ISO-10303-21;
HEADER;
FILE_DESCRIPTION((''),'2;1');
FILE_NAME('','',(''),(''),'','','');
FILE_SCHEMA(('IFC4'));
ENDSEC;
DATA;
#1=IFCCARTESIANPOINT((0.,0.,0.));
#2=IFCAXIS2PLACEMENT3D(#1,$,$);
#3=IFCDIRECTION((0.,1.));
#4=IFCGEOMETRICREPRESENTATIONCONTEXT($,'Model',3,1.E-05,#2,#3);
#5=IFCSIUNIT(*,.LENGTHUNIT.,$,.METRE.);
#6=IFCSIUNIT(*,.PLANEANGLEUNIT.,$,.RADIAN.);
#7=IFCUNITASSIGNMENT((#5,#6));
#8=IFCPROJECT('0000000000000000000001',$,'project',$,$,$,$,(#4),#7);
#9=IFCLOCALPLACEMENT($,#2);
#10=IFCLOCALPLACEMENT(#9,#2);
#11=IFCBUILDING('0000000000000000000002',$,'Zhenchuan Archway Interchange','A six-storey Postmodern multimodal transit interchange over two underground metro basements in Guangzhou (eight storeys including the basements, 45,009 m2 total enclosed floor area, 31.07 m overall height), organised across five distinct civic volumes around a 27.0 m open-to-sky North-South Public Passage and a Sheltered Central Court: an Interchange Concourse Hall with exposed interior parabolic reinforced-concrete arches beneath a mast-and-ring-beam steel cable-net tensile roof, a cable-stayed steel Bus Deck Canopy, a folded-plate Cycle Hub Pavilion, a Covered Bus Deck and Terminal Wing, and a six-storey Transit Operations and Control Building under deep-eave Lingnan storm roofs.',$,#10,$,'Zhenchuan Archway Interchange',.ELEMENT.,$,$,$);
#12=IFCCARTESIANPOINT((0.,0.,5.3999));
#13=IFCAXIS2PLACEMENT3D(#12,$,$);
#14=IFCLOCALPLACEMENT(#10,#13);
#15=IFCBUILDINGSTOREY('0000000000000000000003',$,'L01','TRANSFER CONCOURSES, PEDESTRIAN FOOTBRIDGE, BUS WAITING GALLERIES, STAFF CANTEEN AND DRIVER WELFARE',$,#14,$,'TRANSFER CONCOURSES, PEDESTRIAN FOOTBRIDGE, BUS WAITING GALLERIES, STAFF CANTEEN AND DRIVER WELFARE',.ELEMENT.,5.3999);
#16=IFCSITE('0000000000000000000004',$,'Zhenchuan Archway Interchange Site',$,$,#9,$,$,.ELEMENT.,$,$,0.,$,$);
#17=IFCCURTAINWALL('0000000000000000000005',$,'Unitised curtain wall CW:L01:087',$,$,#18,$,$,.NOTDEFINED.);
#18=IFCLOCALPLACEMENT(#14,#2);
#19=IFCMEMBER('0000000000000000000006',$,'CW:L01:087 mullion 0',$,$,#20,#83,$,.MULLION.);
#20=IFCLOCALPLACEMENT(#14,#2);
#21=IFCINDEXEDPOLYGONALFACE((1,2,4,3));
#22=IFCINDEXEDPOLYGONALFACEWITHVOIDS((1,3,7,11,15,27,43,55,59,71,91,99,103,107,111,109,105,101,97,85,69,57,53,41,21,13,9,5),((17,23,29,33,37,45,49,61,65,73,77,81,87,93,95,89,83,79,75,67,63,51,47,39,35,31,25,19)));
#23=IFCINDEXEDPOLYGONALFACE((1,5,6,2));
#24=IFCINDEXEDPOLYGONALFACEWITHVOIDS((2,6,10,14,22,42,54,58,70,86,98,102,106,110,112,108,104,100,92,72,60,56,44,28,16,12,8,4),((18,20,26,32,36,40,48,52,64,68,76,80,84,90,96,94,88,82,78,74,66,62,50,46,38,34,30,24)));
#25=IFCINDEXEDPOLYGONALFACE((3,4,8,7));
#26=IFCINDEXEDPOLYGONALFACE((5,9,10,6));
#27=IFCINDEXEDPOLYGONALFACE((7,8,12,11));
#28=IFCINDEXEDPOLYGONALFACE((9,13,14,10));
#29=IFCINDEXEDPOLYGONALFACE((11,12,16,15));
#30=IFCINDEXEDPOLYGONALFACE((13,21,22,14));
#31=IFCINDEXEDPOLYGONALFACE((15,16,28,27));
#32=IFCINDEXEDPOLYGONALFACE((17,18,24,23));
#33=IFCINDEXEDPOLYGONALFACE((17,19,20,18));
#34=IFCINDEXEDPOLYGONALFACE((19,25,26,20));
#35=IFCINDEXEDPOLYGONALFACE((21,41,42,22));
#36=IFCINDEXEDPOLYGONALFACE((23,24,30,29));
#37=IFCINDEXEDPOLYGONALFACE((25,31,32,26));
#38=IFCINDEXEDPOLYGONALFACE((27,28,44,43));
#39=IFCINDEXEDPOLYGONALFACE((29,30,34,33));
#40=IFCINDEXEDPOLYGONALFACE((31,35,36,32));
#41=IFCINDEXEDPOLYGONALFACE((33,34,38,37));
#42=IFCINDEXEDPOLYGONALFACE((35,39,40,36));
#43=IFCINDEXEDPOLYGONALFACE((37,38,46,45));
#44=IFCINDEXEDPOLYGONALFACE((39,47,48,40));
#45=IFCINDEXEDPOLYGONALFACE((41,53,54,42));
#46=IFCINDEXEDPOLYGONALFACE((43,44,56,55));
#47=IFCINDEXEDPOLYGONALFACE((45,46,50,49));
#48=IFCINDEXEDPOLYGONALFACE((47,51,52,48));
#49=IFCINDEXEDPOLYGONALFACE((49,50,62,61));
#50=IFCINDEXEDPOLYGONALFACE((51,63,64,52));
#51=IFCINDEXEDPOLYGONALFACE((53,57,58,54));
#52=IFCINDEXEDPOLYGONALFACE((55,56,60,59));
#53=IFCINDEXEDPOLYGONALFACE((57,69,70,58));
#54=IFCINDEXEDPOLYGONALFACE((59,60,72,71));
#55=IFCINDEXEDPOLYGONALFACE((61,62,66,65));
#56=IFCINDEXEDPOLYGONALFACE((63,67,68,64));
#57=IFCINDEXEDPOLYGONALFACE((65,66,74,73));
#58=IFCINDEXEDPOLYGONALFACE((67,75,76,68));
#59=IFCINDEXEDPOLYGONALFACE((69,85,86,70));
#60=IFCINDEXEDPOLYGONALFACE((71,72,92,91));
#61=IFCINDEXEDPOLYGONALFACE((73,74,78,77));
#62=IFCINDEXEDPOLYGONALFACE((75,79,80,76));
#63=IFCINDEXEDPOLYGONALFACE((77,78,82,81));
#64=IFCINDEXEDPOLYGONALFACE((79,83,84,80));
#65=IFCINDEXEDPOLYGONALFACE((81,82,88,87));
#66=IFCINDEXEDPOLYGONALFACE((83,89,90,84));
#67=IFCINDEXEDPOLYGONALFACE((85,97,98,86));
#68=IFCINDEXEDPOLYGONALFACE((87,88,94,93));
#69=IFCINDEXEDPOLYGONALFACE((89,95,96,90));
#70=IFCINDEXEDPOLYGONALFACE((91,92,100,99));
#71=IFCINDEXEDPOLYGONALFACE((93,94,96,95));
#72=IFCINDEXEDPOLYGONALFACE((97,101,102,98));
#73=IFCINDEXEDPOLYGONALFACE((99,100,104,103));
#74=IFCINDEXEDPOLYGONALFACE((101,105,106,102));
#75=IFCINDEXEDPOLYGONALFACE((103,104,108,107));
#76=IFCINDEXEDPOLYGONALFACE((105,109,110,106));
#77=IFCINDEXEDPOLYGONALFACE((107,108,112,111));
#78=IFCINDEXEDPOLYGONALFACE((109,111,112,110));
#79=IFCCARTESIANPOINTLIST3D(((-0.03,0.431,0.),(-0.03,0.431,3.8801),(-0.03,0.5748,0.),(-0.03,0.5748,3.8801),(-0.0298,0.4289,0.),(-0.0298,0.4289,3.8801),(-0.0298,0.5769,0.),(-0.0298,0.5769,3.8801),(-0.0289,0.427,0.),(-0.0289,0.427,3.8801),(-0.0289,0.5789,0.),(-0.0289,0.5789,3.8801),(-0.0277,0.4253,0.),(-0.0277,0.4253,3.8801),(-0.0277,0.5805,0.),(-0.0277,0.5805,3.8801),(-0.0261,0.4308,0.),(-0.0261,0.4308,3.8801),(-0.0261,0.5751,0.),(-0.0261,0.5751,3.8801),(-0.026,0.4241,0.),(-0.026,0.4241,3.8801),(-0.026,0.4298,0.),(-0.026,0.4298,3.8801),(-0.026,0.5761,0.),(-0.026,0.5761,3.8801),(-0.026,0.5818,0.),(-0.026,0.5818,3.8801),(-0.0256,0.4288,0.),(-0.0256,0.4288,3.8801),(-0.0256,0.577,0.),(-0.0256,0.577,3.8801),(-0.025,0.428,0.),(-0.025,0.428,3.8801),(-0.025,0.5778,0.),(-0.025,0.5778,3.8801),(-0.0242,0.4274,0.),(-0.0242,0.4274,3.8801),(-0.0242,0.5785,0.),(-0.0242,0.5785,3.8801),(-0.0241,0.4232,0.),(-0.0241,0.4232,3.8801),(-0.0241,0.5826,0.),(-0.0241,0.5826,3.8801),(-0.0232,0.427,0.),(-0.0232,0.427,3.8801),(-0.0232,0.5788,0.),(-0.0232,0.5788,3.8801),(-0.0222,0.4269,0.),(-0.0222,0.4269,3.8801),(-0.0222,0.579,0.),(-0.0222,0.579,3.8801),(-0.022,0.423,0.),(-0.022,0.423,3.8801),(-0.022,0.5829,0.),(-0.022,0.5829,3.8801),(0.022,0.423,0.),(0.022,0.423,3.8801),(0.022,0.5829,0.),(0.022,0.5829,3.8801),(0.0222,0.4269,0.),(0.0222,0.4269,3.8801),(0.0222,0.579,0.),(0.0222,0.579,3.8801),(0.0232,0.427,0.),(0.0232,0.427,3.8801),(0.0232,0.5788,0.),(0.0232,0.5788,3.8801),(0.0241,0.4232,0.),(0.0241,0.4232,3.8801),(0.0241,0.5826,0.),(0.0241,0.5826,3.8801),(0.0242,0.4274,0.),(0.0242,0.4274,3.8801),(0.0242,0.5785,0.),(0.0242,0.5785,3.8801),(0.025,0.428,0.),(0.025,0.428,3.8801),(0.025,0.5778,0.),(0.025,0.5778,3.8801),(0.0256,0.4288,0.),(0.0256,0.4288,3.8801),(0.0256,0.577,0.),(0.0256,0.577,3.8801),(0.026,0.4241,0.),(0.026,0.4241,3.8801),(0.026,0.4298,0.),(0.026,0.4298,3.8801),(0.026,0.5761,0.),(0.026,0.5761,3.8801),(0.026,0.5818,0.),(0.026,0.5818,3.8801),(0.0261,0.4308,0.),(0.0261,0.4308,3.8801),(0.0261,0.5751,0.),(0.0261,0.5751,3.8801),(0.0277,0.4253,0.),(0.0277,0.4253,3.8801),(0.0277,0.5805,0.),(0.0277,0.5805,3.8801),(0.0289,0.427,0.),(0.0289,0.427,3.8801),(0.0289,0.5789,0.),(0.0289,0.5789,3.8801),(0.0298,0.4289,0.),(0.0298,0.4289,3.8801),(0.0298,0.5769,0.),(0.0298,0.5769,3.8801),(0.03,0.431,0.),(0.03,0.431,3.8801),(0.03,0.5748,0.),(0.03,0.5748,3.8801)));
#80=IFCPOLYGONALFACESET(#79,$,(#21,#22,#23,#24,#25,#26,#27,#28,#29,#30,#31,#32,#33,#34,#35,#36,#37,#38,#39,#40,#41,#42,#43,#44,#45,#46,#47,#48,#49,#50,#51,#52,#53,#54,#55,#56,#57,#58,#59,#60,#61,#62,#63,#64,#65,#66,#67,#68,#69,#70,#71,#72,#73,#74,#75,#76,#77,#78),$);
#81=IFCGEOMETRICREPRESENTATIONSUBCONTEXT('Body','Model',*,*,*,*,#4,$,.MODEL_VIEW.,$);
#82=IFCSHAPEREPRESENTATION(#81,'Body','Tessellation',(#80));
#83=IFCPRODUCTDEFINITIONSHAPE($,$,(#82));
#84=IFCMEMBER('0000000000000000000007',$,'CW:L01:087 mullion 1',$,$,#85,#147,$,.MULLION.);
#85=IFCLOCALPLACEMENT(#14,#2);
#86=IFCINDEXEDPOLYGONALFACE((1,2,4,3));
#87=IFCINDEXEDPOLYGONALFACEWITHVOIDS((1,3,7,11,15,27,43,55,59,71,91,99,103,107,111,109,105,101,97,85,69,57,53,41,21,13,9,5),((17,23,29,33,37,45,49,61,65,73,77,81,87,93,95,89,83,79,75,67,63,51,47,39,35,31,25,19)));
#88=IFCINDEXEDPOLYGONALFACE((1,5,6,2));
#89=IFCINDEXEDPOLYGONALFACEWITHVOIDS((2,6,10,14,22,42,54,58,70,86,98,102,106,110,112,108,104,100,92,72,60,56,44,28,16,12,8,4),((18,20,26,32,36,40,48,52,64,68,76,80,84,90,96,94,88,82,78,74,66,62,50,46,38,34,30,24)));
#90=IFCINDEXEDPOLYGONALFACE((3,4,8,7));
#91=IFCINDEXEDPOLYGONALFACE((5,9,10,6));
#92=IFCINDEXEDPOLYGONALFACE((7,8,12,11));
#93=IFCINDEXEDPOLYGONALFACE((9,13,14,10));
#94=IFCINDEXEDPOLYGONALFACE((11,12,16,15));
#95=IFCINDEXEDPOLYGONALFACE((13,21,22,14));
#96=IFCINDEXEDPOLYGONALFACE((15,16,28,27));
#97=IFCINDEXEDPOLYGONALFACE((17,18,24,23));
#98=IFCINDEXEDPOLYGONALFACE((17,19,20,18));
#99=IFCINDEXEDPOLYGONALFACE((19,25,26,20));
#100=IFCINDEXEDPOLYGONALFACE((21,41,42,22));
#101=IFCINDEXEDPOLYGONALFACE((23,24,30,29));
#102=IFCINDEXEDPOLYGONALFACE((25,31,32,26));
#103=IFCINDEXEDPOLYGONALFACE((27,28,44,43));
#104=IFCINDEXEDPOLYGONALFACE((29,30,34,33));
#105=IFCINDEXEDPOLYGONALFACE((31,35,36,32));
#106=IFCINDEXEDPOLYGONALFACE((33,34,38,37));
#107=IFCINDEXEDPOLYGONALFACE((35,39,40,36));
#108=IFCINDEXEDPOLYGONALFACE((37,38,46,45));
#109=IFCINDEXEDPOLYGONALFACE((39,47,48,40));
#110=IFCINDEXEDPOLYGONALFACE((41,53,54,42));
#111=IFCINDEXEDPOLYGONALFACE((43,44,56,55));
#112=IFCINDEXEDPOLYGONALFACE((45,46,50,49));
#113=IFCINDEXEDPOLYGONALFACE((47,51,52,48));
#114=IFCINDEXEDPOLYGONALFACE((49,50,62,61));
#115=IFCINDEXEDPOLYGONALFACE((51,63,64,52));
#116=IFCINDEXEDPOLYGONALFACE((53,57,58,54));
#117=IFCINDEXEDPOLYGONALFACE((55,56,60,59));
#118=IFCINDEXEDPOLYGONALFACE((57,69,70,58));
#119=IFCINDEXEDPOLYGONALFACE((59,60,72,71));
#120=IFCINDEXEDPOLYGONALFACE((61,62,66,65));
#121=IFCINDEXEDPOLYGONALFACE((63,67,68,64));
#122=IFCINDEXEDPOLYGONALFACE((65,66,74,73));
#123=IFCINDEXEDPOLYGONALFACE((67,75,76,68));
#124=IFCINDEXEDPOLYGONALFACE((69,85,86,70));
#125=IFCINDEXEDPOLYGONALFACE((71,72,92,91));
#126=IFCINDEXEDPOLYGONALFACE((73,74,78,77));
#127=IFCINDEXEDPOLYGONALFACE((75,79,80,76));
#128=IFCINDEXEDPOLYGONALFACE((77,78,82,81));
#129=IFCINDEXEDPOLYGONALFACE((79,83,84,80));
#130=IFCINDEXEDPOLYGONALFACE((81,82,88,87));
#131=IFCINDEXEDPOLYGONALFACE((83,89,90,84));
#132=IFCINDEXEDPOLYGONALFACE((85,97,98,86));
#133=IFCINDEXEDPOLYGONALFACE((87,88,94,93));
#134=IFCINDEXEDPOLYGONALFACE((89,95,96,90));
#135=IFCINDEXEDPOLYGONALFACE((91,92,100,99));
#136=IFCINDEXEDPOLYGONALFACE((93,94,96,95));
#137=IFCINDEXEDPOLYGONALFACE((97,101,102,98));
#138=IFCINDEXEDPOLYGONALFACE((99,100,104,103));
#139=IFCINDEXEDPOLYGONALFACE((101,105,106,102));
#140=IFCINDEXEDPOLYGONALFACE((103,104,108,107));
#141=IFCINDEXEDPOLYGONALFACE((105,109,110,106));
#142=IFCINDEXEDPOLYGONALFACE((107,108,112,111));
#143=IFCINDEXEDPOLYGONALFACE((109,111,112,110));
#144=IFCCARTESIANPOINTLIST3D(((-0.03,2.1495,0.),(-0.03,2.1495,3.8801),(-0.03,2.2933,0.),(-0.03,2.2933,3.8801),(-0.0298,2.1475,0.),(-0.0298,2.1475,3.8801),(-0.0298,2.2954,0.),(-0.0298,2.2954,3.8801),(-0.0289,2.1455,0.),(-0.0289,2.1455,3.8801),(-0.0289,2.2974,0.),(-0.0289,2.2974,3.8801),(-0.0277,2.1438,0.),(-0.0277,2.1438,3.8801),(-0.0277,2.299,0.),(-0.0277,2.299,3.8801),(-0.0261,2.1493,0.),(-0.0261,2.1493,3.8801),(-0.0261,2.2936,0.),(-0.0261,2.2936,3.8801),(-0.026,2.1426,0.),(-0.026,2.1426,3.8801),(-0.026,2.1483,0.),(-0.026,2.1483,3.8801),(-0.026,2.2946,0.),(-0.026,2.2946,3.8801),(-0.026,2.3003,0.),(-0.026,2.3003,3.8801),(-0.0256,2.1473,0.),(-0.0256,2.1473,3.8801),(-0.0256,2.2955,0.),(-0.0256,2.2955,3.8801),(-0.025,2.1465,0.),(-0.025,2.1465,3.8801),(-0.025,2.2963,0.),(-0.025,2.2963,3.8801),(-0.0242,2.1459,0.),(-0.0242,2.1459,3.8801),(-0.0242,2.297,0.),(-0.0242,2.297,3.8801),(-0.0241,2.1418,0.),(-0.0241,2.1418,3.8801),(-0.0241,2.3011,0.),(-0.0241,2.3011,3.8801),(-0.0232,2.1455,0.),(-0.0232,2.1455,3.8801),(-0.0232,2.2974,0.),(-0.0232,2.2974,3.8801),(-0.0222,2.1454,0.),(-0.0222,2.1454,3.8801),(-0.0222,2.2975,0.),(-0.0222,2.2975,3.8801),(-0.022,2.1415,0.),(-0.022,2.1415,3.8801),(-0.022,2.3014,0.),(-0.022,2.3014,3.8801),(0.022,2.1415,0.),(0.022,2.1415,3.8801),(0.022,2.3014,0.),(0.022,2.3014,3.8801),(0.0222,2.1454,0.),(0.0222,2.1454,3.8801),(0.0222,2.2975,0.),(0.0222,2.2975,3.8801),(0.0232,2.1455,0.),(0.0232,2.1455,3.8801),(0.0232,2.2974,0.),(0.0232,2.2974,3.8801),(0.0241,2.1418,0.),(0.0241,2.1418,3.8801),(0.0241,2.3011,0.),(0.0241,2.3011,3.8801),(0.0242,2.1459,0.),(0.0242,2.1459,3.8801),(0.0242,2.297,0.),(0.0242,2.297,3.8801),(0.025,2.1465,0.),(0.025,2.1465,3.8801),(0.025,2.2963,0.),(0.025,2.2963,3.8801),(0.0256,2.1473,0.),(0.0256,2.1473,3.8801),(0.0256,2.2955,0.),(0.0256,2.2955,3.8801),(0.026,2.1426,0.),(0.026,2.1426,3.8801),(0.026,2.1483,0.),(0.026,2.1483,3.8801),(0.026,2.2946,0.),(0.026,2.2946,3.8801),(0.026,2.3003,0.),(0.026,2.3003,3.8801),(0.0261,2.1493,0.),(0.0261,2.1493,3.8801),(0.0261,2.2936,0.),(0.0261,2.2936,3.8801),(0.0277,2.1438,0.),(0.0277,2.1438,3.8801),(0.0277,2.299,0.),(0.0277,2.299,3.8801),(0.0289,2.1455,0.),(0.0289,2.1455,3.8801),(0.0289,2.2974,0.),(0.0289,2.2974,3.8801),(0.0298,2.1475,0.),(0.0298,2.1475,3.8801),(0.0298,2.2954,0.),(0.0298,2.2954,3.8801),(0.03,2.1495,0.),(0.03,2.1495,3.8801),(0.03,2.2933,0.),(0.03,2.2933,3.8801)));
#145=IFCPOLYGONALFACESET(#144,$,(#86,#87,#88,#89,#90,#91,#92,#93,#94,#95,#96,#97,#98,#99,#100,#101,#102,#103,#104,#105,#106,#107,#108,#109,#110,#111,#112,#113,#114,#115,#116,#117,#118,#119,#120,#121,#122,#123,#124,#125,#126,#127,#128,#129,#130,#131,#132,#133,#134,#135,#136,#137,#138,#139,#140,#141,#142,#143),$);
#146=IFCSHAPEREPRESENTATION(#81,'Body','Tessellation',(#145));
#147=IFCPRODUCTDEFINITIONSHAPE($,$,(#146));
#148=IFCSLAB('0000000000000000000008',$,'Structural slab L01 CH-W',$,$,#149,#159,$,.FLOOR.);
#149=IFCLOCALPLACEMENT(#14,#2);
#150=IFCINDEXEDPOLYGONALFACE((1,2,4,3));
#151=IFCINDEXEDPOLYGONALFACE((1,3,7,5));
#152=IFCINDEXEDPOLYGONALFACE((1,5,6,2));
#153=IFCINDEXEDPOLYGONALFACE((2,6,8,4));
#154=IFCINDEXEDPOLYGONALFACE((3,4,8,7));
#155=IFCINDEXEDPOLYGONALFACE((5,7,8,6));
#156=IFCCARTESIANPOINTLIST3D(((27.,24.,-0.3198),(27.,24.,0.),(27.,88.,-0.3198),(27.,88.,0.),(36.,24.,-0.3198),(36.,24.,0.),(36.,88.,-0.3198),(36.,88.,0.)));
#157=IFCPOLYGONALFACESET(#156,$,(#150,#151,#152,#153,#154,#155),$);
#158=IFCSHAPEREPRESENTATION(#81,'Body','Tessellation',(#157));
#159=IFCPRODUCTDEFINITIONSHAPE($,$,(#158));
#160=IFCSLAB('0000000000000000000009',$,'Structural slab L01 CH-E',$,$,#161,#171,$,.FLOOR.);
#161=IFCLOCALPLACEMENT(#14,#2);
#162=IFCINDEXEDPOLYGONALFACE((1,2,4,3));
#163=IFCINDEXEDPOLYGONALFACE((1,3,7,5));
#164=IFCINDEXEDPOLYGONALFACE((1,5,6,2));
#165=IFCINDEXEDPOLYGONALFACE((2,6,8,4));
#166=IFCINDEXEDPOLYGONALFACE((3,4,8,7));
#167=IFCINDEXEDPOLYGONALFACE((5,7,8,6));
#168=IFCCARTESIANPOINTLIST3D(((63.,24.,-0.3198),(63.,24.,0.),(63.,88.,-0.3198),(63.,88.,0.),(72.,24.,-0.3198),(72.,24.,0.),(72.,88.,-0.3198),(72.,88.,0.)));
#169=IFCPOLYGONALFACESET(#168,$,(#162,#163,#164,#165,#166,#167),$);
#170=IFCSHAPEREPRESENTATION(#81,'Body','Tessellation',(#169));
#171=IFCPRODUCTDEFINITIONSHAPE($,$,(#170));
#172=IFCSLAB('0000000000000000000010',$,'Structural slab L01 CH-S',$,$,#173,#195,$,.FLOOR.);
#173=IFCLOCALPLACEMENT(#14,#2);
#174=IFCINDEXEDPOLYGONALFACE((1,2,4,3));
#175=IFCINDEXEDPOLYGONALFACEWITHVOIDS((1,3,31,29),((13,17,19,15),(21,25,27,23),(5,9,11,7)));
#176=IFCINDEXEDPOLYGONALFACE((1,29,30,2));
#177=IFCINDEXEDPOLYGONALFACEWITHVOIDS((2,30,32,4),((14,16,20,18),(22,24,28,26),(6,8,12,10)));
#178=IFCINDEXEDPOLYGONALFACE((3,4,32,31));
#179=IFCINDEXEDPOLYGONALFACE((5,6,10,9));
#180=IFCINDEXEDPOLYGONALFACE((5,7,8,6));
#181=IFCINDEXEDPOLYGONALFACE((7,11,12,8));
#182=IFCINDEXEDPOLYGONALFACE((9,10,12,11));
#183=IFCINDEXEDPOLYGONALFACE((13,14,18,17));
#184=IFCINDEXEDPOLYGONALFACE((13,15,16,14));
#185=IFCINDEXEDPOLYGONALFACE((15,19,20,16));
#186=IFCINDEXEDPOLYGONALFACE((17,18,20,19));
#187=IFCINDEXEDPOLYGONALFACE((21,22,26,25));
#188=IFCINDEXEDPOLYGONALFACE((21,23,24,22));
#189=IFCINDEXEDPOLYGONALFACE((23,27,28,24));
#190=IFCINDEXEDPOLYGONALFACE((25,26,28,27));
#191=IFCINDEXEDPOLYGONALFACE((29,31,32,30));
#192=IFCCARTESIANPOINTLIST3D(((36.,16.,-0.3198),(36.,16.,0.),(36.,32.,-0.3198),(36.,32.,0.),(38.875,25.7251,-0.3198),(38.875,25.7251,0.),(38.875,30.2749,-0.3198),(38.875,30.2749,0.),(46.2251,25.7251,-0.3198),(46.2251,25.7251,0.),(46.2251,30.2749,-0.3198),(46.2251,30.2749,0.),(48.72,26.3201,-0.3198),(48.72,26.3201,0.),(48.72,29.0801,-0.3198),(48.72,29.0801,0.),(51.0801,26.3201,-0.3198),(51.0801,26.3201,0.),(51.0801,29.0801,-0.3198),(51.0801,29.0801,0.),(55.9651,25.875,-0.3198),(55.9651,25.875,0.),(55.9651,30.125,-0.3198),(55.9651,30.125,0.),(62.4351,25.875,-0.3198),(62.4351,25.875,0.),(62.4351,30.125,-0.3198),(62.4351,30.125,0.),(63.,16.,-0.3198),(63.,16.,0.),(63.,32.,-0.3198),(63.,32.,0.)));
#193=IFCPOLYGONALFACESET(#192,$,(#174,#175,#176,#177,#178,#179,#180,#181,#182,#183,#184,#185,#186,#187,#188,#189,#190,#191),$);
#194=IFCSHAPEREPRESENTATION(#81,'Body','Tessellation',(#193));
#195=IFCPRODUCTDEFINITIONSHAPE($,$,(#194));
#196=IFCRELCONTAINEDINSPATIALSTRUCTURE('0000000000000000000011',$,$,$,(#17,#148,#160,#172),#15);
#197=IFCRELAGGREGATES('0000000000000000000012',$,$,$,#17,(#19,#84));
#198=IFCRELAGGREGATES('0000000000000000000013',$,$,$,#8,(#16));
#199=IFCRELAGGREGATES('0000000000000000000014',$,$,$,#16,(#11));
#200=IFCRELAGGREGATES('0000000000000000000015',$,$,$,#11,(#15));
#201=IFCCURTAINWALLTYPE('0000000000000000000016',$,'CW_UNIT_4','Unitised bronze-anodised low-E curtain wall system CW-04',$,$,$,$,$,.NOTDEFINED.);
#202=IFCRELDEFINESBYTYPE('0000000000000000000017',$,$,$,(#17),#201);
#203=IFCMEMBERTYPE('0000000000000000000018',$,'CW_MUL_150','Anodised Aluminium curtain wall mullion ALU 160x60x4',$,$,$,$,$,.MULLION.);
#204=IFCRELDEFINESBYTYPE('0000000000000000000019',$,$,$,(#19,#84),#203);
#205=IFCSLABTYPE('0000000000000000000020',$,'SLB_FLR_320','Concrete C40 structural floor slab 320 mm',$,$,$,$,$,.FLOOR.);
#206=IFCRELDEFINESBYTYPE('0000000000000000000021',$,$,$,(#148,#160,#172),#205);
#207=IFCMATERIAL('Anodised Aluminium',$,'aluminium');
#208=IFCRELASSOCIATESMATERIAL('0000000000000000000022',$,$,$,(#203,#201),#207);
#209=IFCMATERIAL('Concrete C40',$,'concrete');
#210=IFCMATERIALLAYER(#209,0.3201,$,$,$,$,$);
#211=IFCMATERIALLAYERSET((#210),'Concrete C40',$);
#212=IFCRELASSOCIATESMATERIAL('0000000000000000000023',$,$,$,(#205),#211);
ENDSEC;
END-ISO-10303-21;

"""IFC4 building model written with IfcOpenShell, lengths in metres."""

from ifc_helpers import new_model, si_unit, direction, frame, origin, origin_2d, place, context, subcontext, project, spatial, polyline, hollow_rectangle, outline, extrude, material, layer, layer_set, material_profile, profile_set, type_object, element, aggregate, save


model = new_model("IFC4")

# Units and contexts
model_context = context("Model", 3, precision=1e-05, world=origin(), true_north=direction((0.0, 1.0)))
body_context = subcontext(model_context, "Body", "Model", "MODEL_VIEW")
ifc_project = project(units=[si_unit("LENGTHUNIT", "METRE"), si_unit("PLANEANGLEUNIT", "RADIAN")], contexts=[model_context])

# Site, building, storey
site_placement = place(None, origin())
site = spatial("IfcSite", under=ifc_project, at=site_placement, Name="Zhenchuan Archway Interchange Site", CompositionType="ELEMENT", RefElevation=0.0)
building_placement = place(site_placement, origin())
building = spatial("IfcBuilding", under=site, at=building_placement, Name="Zhenchuan Archway Interchange", Description="A six-storey Postmodern multimodal transit interchange over two underground metro basements in Guangzhou (eight storeys including the basements, 45,009 m2 total enclosed floor area, 31.07 m overall height), organised across five distinct civic volumes around a 27.0 m open-to-sky North-South Public Passage and a Sheltered Central Court: an Interchange Concourse Hall with exposed interior parabolic reinforced-concrete arches beneath a mast-and-ring-beam steel cable-net tensile roof, a cable-stayed steel Bus Deck Canopy, a folded-plate Cycle Hub Pavilion, a Covered Bus Deck and Terminal Wing, and a six-storey Transit Operations and Control Building under deep-eave Lingnan storm roofs.", LongName="Zhenchuan Archway Interchange", CompositionType="ELEMENT")
storey_placement = place(building_placement, frame((0.0, 0.0, 5.3999)))
storey = spatial("IfcBuildingStorey", under=building, at=storey_placement, Name="L01", Description="TRANSFER CONCOURSES, PEDESTRIAN FOOTBRIDGE, BUS WAITING GALLERIES, STAFF CANTEEN AND DRIVER WELFARE", LongName="TRANSFER CONCOURSES, PEDESTRIAN FOOTBRIDGE, BUS WAITING GALLERIES, STAFF CANTEEN AND DRIVER WELFARE", CompositionType="ELEMENT", Elevation=5.3999)

# Shared definitions
ifc_material_1 = material(Name="Concrete C40", Category="concrete")

# Curtain wall, members
ifc_material_2 = material(Name="Anodised Aluminium", Category="aluminium")
ifc_material_profile_1 = material_profile(ifc_material_2, hollow_rectangle(XDim=0.0601, YDim=0.1599, WallThickness=0.0039, InnerFilletRadius=0.0039, OuterFilletRadius=0.0081, at=origin_2d()), Name="ALU 160x60x4")
ifc_profile_set_1 = profile_set([ifc_material_profile_1], Name="Anodised Aluminium")
member_type = type_object("IfcMemberType", Name="CW_MUL_150", Description="Anodised Aluminium curtain wall mullion ALU 160x60x4", PredefinedType="MULLION", material=ifc_profile_set_1)
curtain_wall_type_1 = type_object("IfcCurtainWallType", Name="CW_UNIT_4", Description="Unitised bronze-anodised low-E curtain wall system CW-04", PredefinedType="NOTDEFINED", material=ifc_material_2)
curtain_wall_1_placement = place(storey_placement, origin())
curtain_wall_1 = element("IfcCurtainWall", 1, at=curtain_wall_1_placement, inside=storey, type_object=curtain_wall_type_1, Name="Unitised curtain wall CW:L01:087", PredefinedType="NOTDEFINED")
member_1_placement = place(storey_placement, frame((0.0, 0.5029, 0.0), z_axis=(0.0, 0.0, 1.0), x_axis=(1.0, 0.0, 0.0)))
member_1 = element("IfcMember", 2, at=member_1_placement, type_object=member_type, Name="CW:L01:087 mullion 0", PredefinedType="MULLION", context=body_context, shape_type="SweptSolid", body=[
    extrude(hollow_rectangle(XDim=0.0601, YDim=0.1599, WallThickness=0.0039, InnerFilletRadius=0.0039, OuterFilletRadius=0.0081, at=origin_2d()), origin(), (0.0, 0.0, 1.0), 3.8801),
])
member_2_placement = place(storey_placement, frame((0.0, 2.2214, 0.0), z_axis=(0.0, 0.0, 1.0), x_axis=(1.0, 0.0, 0.0)))
member_2 = element("IfcMember", 3, at=member_2_placement, type_object=member_type, Name="CW:L01:087 mullion 1", PredefinedType="MULLION", context=body_context, shape_type="SweptSolid", body=[
    extrude(hollow_rectangle(XDim=0.0601, YDim=0.1599, WallThickness=0.0039, InnerFilletRadius=0.0039, OuterFilletRadius=0.0081, at=origin_2d()), origin(), (0.0, 0.0, 1.0), 3.8801),
])
aggregate(curtain_wall_1, [member_1, member_2])

# Slabs
ifc_layer_1 = layer(ifc_material_1, 0.3201)
ifc_layer_set_1 = layer_set([ifc_layer_1], Name="Concrete C40")
slab_type_1 = type_object("IfcSlabType", Name="SLB_FLR_320", Description="Concrete C40 structural floor slab 320 mm", PredefinedType="FLOOR", material=ifc_layer_set_1)
slab_1_placement = place(storey_placement, frame((0.0, 0.0, -0.3198)))
element("IfcSlab", 4, at=slab_1_placement, inside=storey, type_object=slab_type_1, Name="Structural slab L01 CH-W", PredefinedType="FLOOR", context=body_context, shape_type="SweptSolid", body=[
    extrude(outline(polyline([(36.0, 24.0), (27.0, 24.0), (27.0, 88.0), (36.0, 88.0), (36.0, 24.0)])), origin(), (0.0, 0.0, 1.0), 0.3198),
])
slab_2_placement = place(storey_placement, frame((0.0, 0.0, -0.3198)))
element("IfcSlab", 5, at=slab_2_placement, inside=storey, type_object=slab_type_1, Name="Structural slab L01 CH-E", PredefinedType="FLOOR", context=body_context, shape_type="SweptSolid", body=[
    extrude(outline(polyline([(63.0, 88.0), (72.0, 88.0), (72.0, 24.0), (63.0, 24.0), (63.0, 88.0)])), origin(), (0.0, 0.0, 1.0), 0.3198),
])
slab_3_placement = place(storey_placement, frame((0.0, 0.0, -0.3198)))
element("IfcSlab", 6, at=slab_3_placement, inside=storey, type_object=slab_type_1, Name="Structural slab L01 CH-S", PredefinedType="FLOOR", context=body_context, shape_type="SweptSolid", body=[
    extrude(outline(polyline([(63.0, 16.0), (36.0, 16.0), (36.0, 32.0), (63.0, 32.0), (63.0, 16.0)]), holes=[polyline([(38.875, 25.7251), (46.2251, 25.7251), (46.2251, 30.2749), (38.875, 30.2749), (38.875, 25.7251)]), polyline([(55.9651, 30.125), (55.9651, 25.875), (62.4351, 25.875), (62.4351, 30.125), (55.9651, 30.125)]), polyline([(51.0801, 29.0801), (48.72, 29.0801), (48.72, 26.3201), (51.0801, 26.3201), (51.0801, 29.0801)])]), origin(), (0.0, 0.0, 1.0), 0.3198),
])

save(model, "model.ifc")
